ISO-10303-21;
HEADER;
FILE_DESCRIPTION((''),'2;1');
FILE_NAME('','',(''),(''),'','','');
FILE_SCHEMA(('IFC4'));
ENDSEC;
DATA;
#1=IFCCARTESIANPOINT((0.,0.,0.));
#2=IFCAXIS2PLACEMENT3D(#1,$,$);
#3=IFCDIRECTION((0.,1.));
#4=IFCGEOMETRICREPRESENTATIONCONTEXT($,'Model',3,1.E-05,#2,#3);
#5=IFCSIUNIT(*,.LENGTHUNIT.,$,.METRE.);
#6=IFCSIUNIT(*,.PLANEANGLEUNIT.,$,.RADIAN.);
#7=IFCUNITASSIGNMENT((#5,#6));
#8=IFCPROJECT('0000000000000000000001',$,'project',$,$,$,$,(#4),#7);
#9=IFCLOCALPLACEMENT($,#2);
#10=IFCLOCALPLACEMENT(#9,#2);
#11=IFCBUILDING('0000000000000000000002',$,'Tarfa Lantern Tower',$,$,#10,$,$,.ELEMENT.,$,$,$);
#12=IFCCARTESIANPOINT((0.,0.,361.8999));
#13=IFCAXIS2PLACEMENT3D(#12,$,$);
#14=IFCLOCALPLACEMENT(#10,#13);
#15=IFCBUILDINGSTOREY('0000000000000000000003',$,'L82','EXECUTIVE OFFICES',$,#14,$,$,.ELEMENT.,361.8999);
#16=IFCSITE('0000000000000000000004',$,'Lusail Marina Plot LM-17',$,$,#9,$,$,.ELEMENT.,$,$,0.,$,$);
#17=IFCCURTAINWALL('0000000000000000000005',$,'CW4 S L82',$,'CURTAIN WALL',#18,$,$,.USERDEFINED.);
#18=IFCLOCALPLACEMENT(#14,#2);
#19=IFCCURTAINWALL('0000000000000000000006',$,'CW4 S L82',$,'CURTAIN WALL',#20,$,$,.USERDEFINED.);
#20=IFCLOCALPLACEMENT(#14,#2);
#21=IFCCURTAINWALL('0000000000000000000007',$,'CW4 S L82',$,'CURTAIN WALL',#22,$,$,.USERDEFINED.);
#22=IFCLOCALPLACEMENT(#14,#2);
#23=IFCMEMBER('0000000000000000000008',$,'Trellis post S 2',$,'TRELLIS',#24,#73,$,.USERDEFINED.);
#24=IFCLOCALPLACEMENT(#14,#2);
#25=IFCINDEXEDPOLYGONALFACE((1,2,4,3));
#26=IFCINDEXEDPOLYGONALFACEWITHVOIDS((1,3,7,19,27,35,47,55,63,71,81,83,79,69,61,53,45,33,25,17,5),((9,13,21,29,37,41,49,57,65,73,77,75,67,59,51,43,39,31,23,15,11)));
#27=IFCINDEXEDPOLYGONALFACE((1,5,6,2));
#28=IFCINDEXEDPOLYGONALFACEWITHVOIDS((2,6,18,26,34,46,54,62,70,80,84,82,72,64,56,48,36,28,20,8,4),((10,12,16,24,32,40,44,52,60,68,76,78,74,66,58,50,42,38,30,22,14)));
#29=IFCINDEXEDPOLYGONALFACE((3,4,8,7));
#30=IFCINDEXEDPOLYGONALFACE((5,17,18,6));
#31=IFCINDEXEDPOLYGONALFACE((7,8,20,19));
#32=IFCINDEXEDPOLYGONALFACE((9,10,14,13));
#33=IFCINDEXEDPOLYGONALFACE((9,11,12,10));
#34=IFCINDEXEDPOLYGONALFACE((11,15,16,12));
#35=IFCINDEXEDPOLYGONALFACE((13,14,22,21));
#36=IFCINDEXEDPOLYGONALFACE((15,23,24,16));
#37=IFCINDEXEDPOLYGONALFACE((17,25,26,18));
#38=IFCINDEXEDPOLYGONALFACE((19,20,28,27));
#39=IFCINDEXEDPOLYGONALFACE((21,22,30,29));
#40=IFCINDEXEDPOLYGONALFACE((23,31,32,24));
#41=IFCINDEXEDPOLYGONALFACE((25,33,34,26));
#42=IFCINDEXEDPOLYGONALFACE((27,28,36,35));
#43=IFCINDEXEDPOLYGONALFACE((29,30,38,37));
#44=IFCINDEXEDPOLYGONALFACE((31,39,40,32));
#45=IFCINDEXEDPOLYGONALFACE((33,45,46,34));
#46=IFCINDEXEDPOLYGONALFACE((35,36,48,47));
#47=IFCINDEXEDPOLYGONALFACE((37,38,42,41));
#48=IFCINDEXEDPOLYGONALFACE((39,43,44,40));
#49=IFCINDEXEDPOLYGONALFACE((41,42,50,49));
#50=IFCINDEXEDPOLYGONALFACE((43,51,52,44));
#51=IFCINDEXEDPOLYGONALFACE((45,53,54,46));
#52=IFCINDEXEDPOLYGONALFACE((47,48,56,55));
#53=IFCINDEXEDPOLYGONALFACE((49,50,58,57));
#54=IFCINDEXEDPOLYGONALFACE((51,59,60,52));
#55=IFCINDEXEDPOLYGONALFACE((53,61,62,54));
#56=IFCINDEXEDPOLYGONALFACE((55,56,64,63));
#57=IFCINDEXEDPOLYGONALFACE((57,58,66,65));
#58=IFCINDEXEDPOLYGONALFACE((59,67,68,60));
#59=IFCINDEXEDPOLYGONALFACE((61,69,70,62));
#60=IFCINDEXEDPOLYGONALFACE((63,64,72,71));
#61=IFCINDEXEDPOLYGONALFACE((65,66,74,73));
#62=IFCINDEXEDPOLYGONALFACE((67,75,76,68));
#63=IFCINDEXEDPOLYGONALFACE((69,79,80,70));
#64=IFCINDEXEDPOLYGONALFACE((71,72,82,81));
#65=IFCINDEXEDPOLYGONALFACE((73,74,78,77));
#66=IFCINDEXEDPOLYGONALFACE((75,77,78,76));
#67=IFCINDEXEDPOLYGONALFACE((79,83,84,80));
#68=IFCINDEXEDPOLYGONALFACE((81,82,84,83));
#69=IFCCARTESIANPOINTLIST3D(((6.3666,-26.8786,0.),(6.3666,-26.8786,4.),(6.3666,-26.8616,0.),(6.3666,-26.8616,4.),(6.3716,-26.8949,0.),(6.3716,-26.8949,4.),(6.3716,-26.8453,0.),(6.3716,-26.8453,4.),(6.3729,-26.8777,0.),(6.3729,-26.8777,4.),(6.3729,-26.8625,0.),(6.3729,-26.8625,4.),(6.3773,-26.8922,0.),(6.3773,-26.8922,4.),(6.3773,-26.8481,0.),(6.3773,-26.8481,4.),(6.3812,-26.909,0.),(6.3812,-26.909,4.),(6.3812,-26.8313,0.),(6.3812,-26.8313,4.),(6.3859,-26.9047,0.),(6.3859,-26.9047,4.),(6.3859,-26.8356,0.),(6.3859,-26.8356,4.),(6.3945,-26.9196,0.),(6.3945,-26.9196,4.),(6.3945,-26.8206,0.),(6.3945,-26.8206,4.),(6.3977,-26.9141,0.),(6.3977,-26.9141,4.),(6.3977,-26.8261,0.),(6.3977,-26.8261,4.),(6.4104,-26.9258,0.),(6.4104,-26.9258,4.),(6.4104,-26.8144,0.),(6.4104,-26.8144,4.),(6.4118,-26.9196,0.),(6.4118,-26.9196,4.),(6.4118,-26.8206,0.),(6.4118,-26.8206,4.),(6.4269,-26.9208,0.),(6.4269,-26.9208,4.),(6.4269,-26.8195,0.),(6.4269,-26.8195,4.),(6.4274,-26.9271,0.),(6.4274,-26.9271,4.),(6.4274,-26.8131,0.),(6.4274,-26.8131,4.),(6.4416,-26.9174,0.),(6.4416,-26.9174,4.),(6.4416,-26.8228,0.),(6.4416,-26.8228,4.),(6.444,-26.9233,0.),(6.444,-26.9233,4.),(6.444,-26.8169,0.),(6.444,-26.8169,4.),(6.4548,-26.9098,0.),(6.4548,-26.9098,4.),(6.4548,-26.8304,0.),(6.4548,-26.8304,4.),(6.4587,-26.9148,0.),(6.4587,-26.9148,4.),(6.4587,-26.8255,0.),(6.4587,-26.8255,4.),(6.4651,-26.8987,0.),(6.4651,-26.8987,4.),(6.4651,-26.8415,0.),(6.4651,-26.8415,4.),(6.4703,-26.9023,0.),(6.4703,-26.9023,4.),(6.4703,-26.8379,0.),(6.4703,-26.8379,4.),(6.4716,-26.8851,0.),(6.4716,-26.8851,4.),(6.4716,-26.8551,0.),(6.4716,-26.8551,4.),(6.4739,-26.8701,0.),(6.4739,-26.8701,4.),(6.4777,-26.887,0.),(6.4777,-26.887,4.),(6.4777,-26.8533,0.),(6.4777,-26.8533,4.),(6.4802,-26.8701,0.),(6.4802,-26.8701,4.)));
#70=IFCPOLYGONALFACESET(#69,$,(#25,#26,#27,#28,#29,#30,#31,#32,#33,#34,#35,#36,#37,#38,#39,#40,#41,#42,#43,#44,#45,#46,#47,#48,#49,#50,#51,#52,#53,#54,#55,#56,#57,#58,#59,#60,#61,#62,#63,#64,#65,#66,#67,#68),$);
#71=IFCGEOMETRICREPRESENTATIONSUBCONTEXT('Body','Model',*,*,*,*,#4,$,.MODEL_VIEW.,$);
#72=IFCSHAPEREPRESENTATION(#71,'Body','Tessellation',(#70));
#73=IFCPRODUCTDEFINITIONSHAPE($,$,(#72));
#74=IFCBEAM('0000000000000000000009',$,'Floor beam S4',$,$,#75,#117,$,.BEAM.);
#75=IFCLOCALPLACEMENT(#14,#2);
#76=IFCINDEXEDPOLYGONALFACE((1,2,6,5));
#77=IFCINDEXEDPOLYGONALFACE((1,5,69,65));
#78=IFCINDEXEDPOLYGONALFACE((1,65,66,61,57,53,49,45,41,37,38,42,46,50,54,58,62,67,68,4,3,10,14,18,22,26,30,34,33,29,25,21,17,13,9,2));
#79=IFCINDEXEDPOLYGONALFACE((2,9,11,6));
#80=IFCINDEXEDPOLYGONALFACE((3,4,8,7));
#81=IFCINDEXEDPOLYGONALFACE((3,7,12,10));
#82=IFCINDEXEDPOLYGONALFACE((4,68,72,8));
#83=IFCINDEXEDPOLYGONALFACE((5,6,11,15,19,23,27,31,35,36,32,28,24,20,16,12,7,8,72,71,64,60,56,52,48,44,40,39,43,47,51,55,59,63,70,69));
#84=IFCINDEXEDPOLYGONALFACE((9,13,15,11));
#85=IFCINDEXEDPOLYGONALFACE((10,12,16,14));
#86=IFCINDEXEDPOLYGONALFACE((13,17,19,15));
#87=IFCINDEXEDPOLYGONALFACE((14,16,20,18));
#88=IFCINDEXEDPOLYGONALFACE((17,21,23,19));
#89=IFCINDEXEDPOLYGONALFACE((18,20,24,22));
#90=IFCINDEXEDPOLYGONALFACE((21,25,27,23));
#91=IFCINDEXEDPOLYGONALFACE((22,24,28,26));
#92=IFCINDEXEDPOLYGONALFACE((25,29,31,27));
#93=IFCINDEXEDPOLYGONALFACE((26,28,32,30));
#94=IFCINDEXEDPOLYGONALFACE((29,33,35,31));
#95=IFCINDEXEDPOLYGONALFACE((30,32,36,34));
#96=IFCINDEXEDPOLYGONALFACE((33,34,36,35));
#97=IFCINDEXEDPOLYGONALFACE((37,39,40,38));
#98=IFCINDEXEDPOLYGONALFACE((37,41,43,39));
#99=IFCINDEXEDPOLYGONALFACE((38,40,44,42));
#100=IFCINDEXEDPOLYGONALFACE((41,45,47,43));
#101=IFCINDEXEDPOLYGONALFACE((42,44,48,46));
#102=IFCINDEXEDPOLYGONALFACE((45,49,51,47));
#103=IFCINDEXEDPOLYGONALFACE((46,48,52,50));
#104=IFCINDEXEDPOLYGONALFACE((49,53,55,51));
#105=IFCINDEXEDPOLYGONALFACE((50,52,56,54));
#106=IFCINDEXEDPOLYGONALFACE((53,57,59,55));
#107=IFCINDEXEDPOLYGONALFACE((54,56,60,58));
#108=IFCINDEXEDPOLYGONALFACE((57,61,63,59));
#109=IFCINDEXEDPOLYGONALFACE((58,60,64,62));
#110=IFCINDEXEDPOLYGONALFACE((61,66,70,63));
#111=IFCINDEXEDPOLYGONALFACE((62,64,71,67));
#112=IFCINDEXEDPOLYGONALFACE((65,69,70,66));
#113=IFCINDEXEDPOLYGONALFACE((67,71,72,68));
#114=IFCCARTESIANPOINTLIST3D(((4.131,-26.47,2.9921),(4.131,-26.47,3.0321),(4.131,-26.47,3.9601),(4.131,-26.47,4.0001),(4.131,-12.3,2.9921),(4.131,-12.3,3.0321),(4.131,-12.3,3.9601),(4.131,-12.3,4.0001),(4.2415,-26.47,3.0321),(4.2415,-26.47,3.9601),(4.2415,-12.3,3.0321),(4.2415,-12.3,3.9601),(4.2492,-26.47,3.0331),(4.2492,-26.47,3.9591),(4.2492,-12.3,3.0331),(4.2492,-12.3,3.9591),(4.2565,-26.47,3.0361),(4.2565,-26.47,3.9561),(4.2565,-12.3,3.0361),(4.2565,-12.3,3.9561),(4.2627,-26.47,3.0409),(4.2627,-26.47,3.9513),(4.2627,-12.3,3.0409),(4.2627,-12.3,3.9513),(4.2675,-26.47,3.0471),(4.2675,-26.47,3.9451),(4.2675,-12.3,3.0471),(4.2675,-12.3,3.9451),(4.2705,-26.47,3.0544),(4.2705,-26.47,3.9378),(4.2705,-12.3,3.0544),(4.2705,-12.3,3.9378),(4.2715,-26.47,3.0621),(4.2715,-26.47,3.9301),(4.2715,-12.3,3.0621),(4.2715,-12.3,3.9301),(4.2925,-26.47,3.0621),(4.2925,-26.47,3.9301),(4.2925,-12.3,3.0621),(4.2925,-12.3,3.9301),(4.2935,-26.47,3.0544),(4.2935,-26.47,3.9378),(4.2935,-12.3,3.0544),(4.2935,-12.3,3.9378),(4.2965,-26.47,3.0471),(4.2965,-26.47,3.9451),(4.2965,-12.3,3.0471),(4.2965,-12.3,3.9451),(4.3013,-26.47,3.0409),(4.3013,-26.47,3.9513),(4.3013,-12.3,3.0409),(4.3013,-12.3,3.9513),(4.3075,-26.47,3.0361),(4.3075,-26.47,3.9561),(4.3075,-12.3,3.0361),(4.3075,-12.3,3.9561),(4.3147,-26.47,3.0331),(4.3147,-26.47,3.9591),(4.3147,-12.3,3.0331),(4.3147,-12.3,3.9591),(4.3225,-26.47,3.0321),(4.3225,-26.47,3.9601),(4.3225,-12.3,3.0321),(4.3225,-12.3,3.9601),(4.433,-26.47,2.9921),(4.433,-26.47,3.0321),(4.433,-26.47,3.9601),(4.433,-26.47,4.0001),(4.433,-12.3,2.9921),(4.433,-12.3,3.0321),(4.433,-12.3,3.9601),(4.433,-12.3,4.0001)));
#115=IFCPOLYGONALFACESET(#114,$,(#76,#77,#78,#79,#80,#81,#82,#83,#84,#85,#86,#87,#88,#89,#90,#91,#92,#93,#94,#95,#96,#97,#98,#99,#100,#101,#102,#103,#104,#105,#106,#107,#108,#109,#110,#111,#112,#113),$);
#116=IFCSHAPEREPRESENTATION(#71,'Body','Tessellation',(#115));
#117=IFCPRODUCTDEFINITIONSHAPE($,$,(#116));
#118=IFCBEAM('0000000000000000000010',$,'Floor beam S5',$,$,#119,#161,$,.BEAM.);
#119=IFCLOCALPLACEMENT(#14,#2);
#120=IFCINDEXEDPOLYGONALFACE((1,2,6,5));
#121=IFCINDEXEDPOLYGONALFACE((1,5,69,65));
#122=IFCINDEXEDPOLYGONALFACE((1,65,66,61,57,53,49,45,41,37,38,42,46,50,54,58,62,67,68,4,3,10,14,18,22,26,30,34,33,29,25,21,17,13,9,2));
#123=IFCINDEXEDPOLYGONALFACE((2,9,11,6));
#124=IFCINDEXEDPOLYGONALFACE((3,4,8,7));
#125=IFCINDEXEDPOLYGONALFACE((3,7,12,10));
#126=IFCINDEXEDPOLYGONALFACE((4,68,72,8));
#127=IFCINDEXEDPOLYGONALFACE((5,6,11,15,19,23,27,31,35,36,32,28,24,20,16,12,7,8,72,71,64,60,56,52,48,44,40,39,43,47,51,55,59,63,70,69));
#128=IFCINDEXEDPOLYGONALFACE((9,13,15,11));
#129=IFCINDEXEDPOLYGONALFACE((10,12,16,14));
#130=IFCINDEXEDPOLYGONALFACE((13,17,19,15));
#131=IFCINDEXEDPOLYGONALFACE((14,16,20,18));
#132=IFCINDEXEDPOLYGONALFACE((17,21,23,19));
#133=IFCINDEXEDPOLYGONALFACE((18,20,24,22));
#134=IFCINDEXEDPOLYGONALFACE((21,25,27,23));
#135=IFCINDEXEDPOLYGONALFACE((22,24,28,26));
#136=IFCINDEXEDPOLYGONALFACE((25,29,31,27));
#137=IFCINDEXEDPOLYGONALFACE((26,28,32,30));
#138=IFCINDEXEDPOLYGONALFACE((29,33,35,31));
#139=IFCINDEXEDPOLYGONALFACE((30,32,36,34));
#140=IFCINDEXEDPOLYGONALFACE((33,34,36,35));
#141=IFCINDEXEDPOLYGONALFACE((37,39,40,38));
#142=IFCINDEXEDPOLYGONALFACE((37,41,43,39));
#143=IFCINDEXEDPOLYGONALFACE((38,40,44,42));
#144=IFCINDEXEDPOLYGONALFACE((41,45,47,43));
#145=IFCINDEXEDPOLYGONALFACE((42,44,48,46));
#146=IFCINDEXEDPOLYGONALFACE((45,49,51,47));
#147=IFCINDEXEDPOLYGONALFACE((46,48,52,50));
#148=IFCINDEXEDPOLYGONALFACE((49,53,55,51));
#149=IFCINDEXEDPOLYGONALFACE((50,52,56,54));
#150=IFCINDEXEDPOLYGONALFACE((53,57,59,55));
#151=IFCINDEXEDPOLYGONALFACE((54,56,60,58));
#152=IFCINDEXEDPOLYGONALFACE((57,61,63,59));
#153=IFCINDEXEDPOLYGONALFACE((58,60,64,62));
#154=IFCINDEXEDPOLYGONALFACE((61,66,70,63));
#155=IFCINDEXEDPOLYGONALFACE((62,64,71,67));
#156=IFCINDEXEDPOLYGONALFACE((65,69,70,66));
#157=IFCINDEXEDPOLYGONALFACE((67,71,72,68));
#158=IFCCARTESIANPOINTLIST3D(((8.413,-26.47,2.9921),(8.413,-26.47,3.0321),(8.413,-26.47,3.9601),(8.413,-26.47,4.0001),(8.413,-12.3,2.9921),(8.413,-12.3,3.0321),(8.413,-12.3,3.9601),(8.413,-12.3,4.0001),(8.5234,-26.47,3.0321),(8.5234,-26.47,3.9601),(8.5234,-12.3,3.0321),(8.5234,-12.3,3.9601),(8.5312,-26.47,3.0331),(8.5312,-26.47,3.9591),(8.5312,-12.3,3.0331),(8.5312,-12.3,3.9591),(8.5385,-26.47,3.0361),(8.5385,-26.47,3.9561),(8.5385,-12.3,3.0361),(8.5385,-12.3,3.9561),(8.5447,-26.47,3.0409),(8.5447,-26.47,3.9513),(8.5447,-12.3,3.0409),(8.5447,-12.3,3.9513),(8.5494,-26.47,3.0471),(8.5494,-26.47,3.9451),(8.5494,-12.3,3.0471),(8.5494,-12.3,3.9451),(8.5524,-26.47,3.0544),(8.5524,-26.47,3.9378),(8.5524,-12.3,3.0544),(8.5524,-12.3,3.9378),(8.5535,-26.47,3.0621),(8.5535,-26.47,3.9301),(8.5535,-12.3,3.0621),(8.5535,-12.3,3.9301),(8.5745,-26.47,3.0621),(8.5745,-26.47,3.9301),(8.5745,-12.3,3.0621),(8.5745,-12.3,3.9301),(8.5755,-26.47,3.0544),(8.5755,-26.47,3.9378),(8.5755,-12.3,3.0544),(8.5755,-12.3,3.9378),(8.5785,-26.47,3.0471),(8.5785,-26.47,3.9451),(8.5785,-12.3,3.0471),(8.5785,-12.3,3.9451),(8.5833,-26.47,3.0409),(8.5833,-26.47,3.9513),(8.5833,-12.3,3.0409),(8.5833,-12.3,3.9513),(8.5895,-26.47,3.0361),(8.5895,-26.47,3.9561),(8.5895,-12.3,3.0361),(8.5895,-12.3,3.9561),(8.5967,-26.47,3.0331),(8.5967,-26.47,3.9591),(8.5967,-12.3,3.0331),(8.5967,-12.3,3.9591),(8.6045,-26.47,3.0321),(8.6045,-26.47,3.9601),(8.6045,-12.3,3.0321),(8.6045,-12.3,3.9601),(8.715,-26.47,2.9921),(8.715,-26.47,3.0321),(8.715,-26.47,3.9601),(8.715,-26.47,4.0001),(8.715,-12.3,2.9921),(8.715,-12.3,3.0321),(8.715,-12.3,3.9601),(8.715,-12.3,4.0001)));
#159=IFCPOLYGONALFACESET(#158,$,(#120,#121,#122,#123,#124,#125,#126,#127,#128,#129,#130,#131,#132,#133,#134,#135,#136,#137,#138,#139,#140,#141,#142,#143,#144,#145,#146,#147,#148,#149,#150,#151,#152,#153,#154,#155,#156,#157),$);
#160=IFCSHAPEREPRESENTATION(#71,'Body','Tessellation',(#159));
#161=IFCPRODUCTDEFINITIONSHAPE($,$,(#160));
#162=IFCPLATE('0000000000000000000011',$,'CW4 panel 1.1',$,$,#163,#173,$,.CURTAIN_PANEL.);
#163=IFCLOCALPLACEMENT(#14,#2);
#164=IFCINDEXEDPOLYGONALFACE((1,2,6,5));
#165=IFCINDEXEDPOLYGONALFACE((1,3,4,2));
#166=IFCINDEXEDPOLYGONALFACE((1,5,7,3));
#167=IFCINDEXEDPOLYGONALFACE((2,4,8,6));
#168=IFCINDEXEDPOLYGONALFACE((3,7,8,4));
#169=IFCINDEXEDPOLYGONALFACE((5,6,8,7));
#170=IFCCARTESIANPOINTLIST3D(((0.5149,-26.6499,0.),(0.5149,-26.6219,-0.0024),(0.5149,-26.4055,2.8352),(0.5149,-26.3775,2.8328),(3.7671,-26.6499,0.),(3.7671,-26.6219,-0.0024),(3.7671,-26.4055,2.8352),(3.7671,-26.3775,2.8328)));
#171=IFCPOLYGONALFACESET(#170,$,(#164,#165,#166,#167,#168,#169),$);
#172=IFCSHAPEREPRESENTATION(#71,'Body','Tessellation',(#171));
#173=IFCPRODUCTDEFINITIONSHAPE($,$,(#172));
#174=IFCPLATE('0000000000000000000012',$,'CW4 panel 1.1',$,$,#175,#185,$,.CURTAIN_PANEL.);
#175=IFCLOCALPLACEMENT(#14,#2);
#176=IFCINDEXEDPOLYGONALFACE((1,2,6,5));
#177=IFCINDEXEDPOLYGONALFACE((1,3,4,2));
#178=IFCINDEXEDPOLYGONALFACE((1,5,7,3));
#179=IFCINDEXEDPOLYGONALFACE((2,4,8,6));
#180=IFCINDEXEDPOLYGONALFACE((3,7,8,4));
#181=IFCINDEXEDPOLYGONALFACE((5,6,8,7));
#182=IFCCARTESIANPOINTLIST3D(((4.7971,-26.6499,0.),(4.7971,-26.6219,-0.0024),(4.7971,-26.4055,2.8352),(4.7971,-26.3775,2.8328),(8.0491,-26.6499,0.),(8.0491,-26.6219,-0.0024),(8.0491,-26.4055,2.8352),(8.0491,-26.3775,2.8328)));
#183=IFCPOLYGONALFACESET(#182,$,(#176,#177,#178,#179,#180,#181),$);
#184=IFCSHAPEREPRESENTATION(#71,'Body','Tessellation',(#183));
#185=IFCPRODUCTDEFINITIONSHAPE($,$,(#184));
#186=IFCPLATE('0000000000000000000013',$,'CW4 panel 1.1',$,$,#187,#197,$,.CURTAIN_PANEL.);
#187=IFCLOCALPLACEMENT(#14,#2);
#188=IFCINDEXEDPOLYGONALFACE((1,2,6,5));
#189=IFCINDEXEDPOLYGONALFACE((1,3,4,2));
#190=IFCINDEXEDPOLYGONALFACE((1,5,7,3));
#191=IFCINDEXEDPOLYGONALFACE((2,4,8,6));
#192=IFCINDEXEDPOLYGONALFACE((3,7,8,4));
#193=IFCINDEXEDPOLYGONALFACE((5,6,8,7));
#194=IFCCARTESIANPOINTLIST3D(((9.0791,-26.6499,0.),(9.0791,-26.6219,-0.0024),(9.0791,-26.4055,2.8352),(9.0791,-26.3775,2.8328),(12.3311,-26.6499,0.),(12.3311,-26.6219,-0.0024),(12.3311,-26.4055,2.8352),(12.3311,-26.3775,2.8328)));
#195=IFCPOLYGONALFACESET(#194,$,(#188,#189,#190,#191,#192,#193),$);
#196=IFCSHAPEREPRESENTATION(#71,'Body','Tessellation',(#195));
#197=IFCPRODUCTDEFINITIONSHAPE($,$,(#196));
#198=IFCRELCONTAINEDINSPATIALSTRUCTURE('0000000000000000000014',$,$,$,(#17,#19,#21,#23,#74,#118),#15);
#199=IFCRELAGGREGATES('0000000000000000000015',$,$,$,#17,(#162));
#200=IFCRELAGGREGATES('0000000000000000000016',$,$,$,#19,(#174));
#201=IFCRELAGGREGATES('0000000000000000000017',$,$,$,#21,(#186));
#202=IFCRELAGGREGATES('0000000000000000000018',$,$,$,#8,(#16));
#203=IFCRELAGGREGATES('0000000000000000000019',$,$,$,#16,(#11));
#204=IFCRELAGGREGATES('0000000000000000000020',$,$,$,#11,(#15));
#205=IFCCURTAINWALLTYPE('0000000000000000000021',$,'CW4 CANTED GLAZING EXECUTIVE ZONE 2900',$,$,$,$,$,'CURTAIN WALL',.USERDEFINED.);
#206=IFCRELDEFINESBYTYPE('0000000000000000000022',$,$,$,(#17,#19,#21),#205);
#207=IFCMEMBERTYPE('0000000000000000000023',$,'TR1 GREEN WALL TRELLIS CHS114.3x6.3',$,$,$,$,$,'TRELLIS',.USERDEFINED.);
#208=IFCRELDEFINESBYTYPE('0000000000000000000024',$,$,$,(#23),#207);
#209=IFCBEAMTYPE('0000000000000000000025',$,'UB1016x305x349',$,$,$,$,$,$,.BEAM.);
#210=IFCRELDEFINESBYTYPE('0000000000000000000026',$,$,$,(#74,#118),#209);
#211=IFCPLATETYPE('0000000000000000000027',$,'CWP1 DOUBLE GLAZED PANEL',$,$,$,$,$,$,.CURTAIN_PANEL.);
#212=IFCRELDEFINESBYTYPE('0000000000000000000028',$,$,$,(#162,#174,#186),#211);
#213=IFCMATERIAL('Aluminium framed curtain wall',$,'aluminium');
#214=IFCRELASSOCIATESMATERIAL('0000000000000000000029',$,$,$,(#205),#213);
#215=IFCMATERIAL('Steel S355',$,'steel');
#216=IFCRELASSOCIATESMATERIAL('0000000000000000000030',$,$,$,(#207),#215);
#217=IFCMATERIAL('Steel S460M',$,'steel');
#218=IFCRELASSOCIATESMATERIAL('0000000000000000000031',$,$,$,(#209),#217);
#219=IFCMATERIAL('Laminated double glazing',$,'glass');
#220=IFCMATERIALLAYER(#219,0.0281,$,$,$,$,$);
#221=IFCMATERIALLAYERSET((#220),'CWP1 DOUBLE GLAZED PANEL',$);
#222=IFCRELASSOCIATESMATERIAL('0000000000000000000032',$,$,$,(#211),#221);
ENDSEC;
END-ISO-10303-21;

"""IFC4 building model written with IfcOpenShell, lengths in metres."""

from ifc_helpers import new_model, si_unit, direction, frame, origin, origin_2d, place, context, subcontext, project, spatial, polyline, hollow_circle, i_section, outline, extrude, material, layer, layer_set, material_profile, profile_set, type_object, element, aggregate, save


model = new_model("IFC4")

# Units and contexts
model_context = context("Model", 3, precision=1e-05, world=origin(), true_north=direction((0.0, 1.0)))
body_context = subcontext(model_context, "Body", "Model", "MODEL_VIEW")
ifc_project = project(units=[si_unit("LENGTHUNIT", "METRE"), si_unit("PLANEANGLEUNIT", "RADIAN")], contexts=[model_context])

# Site, building, storey
site_placement = place(None, origin())
site = spatial("IfcSite", under=ifc_project, at=site_placement, Name="Lusail Marina Plot LM-17", CompositionType="ELEMENT", RefElevation=0.0)
building_placement = place(site_placement, origin())
building = spatial("IfcBuilding", under=site, at=building_placement, Name="Tarfa Lantern Tower", CompositionType="ELEMENT")
storey_placement = place(building_placement, frame((0.0, 0.0, 361.8999)))
storey = spatial("IfcBuildingStorey", under=building, at=storey_placement, Name="L82", Description="EXECUTIVE OFFICES", CompositionType="ELEMENT", Elevation=361.8999)

# Curtain walls
ifc_material_1 = material(Name="Aluminium framed curtain wall", Category="aluminium")
curtain_wall_type = type_object("IfcCurtainWallType", Name="CW4 CANTED GLAZING EXECUTIVE ZONE 2900", ElementType="CURTAIN WALL", PredefinedType="USERDEFINED", material=ifc_material_1)
curtain_wall_1_placement = place(storey_placement, origin())
curtain_wall_1 = element("IfcCurtainWall", 1, at=curtain_wall_1_placement, inside=storey, type_object=curtain_wall_type, Name="CW4 S L82", ObjectType="CURTAIN WALL", PredefinedType="USERDEFINED")
curtain_wall_2_placement = place(storey_placement, origin())
curtain_wall_2 = element("IfcCurtainWall", 2, at=curtain_wall_2_placement, inside=storey, type_object=curtain_wall_type, Name="CW4 S L82", ObjectType="CURTAIN WALL", PredefinedType="USERDEFINED")

# Curtain wall
curtain_wall_3_placement = place(storey_placement, origin())
curtain_wall_3 = element("IfcCurtainWall", 3, at=curtain_wall_3_placement, inside=storey, type_object=curtain_wall_type, Name="CW4 S L82", ObjectType="CURTAIN WALL", PredefinedType="USERDEFINED")

# Member
ifc_material_2 = material(Name="Steel S355", Category="steel")
ifc_material_profile_1 = material_profile(ifc_material_2, hollow_circle(Radius=0.0571, WallThickness=0.0063, at=origin_2d()), Name="CHS114.3x6.3")
ifc_profile_set_1 = profile_set([ifc_material_profile_1], Name="Steel S355")
member_type_1 = type_object("IfcMemberType", Name="TR1 GREEN WALL TRELLIS CHS114.3x6.3", ElementType="TRELLIS", PredefinedType="USERDEFINED", material=ifc_profile_set_1)
member_1_placement = place(storey_placement, frame((6.4231, -26.8701, 0.0), z_axis=(0.0, 0.0, 1.0), x_axis=(1.0, 0.0, 0.0)))
element("IfcMember", 4, at=member_1_placement, inside=storey, type_object=member_type_1, Name="Trellis post S 2", ObjectType="TRELLIS", PredefinedType="USERDEFINED", context=body_context, shape_type="SweptSolid", body=[
    extrude(hollow_circle(Radius=0.0571, WallThickness=0.0063, at=origin_2d()), origin(), (0.0, 0.0, 1.0), 4.0),
])

# Beams
ifc_material_3 = material(Name="Steel S460M", Category="steel")
ifc_material_profile_2 = material_profile(ifc_material_3, i_section(OverallWidth=0.302, OverallDepth=1.0081, WebThickness=0.021, FlangeThickness=0.04, FilletRadius=0.03, at=origin_2d()), Name="UB1016x305x349")
ifc_profile_set_2 = profile_set([ifc_material_profile_2], Name="Steel S460M")
beam_type_1 = type_object("IfcBeamType", Name="UB1016x305x349", PredefinedType="BEAM", material=ifc_profile_set_2)
for number, where, z_axis, x_axis, name in (
    (5, (4.282, -26.47, 3.4961), (0.0, 1.0, 0.0), (-1.0, 0.0, 0.0), "Floor beam S4"),
    (6, (8.564, -26.47, 3.4961), (0.0, 1.0, 0.0), (-1.0, 0.0, 0.0), "Floor beam S5"),
):
    element("IfcBeam", number, at=place(storey_placement, frame(where, z_axis=z_axis, x_axis=x_axis)), inside=storey, type_object=beam_type_1, Name=name, PredefinedType="BEAM", context=body_context, shape_type="SweptSolid", body=[
        extrude(i_section(OverallWidth=0.302, OverallDepth=1.0081, WebThickness=0.021, FlangeThickness=0.04, FilletRadius=0.03, at=origin_2d()), origin(), (0.0, 0.0, 1.0), 14.1699),
    ])

# Plates
ifc_material_4 = material(Name="Laminated double glazing", Category="glass")
ifc_layer_1 = layer(ifc_material_4, 0.0281)
ifc_layer_set_1 = layer_set([ifc_layer_1], Name="CWP1 DOUBLE GLAZED PANEL")
plate_type = type_object("IfcPlateType", Name="CWP1 DOUBLE GLAZED PANEL", PredefinedType="CURTAIN_PANEL", material=ifc_layer_set_1)
plate_1_placement = place(storey_placement, frame((0.5149, -26.6499, 0.0), z_axis=(0.0, -0.996306, 0.085878), x_axis=(1.0, 0.0, 0.0)))
plate_1 = element("IfcPlate", 7, at=plate_1_placement, type_object=plate_type, Name="CW4 panel 1.1", PredefinedType="CURTAIN_PANEL", context=body_context, shape_type="SweptSolid", body=[
    extrude(outline(polyline([(0.0, 0.0), (3.2522, 0.0), (3.2522, 2.8457), (0.0, 2.8457), (0.0, 0.0)])), origin(), (0.0, 0.0, -1.0), 0.0281),
])
aggregate(curtain_wall_1, [plate_1])
plate_2_placement = place(storey_placement, frame((4.7971, -26.6499, 0.0), z_axis=(0.0, -0.996306, 0.085878), x_axis=(1.0, 0.0, 0.0)))
plate_2 = element("IfcPlate", 8, at=plate_2_placement, type_object=plate_type, Name="CW4 panel 1.1", PredefinedType="CURTAIN_PANEL", context=body_context, shape_type="SweptSolid", body=[
    extrude(outline(polyline([(0.0, 0.0), (3.252, 0.0), (3.252, 2.8457), (0.0, 2.8457), (0.0, 0.0)])), origin(), (0.0, 0.0, -1.0), 0.0281),
])
aggregate(curtain_wall_2, [plate_2])
plate_3_placement = place(storey_placement, frame((9.0791, -26.6499, 0.0), z_axis=(0.0, -0.996306, 0.085878), x_axis=(1.0, 0.0, 0.0)))
plate_3 = element("IfcPlate", 9, at=plate_3_placement, type_object=plate_type, Name="CW4 panel 1.1", PredefinedType="CURTAIN_PANEL", context=body_context, shape_type="SweptSolid", body=[
    extrude(outline(polyline([(0.0, 0.0), (3.252, 0.0), (3.252, 2.8457), (0.0, 2.8457), (0.0, 0.0)])), origin(), (0.0, 0.0, -1.0), 0.0281),
])
aggregate(curtain_wall_3, [plate_3])

save(model, "model.ifc")
